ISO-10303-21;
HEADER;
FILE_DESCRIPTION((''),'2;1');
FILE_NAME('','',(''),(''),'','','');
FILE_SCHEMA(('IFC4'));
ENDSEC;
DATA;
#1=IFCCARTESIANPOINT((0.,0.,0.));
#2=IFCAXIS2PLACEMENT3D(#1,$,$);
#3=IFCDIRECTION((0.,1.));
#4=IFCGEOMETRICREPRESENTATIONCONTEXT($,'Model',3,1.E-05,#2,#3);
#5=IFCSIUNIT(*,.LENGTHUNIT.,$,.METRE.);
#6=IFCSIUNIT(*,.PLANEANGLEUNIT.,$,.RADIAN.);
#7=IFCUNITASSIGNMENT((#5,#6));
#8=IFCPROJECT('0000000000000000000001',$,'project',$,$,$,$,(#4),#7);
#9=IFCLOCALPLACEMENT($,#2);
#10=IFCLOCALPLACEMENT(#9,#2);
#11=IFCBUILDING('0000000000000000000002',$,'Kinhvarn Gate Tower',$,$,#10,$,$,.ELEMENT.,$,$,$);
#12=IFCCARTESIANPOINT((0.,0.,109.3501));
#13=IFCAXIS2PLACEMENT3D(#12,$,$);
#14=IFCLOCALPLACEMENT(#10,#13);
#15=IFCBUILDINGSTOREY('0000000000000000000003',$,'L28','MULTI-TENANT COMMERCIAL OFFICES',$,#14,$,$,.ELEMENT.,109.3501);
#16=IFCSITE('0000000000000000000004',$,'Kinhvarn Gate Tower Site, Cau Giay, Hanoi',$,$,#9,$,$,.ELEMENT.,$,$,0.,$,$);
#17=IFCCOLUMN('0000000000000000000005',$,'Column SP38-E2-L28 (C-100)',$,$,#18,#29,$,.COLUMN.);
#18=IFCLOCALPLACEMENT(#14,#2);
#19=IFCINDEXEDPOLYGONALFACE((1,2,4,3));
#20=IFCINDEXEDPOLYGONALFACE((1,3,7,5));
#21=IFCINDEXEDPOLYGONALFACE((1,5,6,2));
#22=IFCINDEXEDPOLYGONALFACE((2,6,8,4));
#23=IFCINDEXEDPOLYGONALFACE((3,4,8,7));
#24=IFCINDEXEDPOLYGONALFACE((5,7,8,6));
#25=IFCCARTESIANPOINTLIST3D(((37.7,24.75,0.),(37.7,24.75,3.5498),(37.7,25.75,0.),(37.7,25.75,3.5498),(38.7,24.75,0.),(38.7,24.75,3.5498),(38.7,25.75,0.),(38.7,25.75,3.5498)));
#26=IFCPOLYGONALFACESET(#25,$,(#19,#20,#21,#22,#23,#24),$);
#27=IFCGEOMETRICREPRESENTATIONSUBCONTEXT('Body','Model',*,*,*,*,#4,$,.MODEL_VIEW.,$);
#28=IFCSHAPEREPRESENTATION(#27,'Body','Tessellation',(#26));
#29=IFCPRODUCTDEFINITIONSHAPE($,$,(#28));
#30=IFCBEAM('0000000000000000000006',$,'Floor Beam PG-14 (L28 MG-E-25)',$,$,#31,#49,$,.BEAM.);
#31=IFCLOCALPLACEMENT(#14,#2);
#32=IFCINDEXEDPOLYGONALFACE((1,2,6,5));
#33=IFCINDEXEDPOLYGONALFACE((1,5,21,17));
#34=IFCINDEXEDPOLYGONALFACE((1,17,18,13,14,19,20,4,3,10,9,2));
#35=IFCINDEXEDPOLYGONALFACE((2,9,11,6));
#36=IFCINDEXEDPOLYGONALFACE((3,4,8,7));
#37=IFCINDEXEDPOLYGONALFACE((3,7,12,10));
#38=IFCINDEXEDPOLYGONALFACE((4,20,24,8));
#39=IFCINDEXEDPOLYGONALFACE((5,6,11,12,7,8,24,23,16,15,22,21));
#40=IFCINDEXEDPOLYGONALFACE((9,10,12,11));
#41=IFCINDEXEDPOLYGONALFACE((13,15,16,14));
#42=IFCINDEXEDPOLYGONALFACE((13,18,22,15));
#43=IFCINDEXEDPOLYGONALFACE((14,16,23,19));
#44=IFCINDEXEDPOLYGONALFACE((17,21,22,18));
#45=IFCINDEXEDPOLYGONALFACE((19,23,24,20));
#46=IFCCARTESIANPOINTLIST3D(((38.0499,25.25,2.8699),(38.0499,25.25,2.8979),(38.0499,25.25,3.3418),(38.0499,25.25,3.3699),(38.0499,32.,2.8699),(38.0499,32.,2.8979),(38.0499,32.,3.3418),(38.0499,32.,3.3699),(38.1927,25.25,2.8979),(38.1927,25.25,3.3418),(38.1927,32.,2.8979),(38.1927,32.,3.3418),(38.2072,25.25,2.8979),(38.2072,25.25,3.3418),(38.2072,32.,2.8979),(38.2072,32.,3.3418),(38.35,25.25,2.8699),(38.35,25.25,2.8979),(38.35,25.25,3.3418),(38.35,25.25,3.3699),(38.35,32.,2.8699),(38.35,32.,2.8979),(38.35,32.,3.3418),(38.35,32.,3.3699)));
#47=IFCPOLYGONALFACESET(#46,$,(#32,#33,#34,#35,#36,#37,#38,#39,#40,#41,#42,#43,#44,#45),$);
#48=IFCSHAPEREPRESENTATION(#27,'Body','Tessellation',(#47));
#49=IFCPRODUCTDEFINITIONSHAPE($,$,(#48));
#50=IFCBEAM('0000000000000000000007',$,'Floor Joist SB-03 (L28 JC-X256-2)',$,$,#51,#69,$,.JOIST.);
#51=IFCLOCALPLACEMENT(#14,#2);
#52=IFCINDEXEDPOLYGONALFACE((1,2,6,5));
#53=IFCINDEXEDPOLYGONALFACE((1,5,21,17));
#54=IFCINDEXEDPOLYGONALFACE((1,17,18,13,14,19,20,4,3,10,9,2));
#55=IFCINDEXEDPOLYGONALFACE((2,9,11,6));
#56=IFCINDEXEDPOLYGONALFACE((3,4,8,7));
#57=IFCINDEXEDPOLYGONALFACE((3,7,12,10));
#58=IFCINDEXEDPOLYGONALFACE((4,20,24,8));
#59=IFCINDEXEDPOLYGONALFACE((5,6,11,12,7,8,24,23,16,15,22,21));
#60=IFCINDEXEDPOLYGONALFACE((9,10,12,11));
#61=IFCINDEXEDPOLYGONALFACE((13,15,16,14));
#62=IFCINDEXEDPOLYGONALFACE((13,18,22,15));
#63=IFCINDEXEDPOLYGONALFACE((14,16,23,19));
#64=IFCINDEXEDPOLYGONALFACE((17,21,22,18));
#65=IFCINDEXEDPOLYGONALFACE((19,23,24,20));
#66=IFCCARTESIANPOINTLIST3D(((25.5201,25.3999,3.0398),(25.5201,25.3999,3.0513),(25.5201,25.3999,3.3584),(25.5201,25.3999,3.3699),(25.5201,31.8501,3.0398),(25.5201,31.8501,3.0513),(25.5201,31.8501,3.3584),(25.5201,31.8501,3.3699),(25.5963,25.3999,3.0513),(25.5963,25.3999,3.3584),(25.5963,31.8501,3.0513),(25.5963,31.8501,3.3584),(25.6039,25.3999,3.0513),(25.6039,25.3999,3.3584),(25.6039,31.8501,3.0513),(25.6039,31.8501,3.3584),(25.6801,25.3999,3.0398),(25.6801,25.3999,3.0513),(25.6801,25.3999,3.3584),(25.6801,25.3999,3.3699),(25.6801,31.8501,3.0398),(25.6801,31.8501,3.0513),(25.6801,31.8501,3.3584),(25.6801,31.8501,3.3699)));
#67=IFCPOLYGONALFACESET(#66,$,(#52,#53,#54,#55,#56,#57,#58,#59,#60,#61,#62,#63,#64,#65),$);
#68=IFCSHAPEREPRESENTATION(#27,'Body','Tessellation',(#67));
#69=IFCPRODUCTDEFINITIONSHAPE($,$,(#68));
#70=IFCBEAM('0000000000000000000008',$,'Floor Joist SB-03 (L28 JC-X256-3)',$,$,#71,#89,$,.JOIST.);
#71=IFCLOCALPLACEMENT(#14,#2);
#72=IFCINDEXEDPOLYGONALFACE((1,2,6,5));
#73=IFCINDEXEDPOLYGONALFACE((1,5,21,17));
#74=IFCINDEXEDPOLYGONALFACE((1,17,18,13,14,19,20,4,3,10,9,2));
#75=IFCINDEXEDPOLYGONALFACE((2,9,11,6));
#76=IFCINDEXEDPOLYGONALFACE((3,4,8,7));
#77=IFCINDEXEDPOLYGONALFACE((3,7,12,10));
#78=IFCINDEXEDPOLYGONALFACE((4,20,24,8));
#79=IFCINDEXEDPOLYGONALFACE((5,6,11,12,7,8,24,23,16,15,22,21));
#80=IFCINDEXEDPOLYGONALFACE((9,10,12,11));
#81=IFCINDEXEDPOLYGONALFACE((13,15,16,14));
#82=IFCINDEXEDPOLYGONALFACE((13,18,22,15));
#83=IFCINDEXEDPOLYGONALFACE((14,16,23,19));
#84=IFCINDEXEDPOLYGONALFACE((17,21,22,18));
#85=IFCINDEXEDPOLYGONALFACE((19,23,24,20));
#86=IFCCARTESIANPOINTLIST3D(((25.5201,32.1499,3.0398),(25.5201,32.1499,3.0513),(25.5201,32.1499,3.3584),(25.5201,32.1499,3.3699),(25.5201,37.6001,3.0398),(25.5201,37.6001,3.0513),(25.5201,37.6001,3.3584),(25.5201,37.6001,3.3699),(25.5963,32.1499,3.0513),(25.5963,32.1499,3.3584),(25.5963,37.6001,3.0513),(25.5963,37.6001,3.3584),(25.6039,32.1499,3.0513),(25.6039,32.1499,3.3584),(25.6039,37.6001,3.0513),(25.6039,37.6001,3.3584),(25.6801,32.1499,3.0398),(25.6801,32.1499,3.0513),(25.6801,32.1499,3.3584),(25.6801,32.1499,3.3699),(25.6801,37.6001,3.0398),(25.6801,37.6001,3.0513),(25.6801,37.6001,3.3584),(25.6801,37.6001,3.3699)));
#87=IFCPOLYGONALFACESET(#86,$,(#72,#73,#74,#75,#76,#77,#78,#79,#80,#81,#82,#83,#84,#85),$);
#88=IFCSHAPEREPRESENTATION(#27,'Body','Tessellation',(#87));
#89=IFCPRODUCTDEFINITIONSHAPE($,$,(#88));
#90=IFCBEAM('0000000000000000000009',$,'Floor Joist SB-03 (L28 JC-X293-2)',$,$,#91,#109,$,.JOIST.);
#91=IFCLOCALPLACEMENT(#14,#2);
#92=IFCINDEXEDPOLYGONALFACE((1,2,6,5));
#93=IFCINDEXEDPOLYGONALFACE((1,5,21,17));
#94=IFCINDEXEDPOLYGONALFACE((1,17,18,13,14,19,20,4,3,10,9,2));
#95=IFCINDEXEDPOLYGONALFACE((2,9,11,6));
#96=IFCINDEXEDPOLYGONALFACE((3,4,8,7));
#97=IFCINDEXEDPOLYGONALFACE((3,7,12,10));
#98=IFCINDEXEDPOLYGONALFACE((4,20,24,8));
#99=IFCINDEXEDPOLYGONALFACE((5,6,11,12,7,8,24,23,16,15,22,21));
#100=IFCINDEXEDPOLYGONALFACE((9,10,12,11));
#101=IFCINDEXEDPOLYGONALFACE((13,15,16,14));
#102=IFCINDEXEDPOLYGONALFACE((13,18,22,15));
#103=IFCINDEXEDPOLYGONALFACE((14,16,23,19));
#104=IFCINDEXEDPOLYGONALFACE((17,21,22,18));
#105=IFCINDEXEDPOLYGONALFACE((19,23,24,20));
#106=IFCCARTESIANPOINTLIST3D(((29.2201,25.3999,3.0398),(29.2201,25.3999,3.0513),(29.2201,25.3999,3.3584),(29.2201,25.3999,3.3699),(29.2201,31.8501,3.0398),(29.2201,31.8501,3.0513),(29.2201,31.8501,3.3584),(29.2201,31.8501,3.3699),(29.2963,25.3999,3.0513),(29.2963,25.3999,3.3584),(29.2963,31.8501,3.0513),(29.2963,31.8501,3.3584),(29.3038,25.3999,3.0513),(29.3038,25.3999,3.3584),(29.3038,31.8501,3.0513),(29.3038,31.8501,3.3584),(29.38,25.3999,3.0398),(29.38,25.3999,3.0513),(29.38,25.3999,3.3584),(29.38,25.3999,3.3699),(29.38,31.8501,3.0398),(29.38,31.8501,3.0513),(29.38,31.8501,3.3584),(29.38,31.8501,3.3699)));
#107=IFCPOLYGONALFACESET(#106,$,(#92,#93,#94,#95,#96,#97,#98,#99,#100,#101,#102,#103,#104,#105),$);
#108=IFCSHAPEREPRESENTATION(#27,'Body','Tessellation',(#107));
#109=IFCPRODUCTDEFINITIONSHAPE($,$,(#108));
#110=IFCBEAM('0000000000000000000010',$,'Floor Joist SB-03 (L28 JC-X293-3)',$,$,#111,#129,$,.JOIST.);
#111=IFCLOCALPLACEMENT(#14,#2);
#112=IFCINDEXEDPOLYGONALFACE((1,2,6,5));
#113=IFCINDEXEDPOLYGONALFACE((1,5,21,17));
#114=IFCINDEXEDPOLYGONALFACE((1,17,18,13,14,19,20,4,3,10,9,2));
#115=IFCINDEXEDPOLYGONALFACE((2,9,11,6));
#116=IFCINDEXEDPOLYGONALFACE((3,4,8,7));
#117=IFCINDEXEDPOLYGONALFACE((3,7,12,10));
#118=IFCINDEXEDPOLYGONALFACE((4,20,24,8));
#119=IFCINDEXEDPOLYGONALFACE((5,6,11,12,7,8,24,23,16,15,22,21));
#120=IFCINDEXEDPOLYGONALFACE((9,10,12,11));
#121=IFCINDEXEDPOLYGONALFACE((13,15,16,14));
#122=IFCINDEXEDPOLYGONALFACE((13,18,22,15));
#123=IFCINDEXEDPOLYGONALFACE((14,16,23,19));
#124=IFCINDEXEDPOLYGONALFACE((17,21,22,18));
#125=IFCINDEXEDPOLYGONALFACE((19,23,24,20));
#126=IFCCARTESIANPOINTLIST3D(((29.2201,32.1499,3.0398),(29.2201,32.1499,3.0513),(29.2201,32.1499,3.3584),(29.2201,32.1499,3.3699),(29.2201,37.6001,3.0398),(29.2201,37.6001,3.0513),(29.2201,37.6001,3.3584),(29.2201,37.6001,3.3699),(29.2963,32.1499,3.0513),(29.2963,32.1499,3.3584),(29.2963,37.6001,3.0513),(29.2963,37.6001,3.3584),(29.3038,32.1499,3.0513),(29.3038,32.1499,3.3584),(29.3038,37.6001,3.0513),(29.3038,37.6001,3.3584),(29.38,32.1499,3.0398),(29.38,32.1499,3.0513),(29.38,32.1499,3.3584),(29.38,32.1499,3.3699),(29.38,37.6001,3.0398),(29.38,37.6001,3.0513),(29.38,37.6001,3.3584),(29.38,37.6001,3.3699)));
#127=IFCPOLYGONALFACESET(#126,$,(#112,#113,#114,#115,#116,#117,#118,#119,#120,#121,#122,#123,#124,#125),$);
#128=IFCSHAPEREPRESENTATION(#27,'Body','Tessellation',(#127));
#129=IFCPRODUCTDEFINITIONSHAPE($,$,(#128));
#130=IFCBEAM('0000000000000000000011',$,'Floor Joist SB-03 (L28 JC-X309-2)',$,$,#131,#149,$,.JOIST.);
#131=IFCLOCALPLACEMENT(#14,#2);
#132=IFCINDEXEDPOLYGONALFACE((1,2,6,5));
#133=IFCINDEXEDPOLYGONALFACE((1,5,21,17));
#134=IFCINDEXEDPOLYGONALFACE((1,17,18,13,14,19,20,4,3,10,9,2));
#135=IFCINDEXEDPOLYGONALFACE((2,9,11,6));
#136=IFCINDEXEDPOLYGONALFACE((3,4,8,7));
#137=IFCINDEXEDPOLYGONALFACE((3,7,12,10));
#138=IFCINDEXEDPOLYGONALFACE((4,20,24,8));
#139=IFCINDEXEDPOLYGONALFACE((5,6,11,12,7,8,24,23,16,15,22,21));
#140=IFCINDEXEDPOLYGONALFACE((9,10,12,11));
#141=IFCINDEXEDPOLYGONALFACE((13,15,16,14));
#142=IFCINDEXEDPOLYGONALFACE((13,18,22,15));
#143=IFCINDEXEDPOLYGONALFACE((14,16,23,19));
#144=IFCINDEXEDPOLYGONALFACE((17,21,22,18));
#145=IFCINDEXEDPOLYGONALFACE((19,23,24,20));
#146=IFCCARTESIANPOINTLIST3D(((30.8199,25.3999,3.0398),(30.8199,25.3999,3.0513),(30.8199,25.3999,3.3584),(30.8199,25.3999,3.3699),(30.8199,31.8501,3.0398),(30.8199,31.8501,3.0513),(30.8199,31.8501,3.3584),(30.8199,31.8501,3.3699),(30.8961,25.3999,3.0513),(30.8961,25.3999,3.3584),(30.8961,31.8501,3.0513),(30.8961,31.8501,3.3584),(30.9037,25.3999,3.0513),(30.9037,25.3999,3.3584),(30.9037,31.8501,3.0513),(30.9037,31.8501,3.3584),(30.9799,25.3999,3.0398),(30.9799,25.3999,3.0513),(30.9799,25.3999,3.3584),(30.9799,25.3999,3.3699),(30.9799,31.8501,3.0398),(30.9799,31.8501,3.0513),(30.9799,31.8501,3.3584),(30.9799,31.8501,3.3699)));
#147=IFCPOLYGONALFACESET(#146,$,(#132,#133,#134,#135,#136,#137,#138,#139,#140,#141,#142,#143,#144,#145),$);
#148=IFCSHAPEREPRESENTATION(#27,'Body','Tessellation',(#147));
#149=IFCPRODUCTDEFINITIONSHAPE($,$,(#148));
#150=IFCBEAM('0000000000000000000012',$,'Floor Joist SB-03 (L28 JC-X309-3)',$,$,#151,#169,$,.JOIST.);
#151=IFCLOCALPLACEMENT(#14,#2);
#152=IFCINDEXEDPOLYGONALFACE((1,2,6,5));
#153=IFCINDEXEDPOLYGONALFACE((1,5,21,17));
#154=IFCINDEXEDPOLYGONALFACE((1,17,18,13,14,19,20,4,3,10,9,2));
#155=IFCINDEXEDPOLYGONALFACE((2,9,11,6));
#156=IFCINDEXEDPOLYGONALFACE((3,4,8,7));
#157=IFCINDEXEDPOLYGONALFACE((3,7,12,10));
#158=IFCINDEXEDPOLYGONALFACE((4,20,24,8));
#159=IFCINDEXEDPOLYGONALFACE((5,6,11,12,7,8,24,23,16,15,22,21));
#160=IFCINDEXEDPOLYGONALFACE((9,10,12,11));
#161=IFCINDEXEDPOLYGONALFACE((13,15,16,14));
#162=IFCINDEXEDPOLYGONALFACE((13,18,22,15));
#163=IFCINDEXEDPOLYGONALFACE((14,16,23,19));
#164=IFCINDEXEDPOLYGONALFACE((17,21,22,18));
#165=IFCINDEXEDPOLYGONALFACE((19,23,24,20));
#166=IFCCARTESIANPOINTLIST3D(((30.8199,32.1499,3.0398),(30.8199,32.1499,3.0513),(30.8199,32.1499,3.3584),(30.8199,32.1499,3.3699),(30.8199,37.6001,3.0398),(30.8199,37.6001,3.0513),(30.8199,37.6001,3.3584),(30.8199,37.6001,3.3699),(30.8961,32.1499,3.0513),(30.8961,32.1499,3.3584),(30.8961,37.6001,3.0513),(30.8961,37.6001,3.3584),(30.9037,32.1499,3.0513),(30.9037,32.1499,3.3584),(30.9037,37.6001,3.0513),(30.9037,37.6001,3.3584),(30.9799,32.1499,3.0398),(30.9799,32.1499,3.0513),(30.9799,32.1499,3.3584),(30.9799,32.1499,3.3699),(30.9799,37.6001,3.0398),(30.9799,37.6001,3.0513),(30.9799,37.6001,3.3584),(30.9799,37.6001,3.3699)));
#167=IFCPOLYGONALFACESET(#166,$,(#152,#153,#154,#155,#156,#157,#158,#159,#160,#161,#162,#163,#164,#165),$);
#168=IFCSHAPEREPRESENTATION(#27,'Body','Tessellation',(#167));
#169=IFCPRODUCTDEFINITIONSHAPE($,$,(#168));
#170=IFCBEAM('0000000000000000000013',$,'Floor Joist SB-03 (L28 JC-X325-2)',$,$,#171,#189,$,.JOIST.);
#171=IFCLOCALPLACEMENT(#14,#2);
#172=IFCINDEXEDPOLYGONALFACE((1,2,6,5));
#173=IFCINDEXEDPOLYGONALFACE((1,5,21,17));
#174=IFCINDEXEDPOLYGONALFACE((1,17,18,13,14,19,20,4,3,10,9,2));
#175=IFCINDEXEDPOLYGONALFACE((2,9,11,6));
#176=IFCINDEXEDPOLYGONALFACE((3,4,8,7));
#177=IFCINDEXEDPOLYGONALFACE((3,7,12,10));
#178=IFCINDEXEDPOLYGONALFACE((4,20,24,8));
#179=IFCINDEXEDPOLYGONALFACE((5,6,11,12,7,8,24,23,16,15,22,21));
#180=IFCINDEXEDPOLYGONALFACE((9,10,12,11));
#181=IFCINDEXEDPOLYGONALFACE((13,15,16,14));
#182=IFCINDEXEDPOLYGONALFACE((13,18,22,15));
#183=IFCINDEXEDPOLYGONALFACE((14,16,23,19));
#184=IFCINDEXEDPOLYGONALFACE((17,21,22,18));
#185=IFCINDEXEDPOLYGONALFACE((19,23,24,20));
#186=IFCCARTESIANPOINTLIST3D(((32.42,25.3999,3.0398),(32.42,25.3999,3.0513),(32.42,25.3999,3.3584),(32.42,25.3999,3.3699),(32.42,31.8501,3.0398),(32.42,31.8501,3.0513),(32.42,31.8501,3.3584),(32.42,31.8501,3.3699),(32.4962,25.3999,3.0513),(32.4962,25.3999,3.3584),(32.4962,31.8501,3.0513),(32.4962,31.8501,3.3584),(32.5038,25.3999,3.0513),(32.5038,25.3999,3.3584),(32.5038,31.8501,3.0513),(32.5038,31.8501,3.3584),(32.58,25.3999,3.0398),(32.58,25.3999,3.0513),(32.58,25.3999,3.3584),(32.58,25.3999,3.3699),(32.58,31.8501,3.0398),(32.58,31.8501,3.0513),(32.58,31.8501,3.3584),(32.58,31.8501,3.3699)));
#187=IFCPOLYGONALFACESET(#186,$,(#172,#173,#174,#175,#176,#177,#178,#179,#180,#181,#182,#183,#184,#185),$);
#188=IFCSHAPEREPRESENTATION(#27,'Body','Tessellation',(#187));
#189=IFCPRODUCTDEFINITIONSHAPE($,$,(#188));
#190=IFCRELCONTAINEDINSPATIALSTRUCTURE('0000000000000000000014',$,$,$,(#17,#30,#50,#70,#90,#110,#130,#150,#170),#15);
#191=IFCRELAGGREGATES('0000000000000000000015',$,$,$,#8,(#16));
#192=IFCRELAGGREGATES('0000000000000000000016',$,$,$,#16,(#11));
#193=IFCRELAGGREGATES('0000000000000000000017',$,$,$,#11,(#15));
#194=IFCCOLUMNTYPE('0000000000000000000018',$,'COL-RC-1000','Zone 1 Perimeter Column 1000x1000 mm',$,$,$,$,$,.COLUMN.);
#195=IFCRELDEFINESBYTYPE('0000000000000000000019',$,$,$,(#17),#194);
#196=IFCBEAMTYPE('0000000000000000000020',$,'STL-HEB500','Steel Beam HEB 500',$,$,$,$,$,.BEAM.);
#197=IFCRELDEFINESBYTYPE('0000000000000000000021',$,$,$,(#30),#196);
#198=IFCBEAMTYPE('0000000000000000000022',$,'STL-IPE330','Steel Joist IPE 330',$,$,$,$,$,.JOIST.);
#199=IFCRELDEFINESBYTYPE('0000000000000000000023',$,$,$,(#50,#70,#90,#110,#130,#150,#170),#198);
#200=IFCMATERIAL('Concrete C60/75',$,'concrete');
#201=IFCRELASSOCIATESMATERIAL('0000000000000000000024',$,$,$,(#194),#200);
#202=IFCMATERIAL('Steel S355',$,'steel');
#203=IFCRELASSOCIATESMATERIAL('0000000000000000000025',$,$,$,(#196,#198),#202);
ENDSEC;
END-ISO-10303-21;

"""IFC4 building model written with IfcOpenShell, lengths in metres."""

from ifc_helpers import new_model, si_unit, direction, frame, origin, origin_2d, place, context, subcontext, project, spatial, rectangle, i_section, extrude, material, material_profile, profile_set, type_object, element, save


model = new_model("IFC4")

# Units and contexts
model_context = context("Model", 3, precision=1e-05, world=origin(), true_north=direction((0.0, 1.0)))
body_context = subcontext(model_context, "Body", "Model", "MODEL_VIEW")
ifc_project = project(units=[si_unit("LENGTHUNIT", "METRE"), si_unit("PLANEANGLEUNIT", "RADIAN")], contexts=[model_context])

# Site, building, storey
site_placement = place(None, origin())
site = spatial("IfcSite", under=ifc_project, at=site_placement, Name="Kinhvarn Gate Tower Site, Cau Giay, Hanoi", CompositionType="ELEMENT", RefElevation=0.0)
building_placement = place(site_placement, origin())
building = spatial("IfcBuilding", under=site, at=building_placement, Name="Kinhvarn Gate Tower", CompositionType="ELEMENT")
storey_placement = place(building_placement, frame((0.0, 0.0, 109.3501)))
storey = spatial("IfcBuildingStorey", under=building, at=storey_placement, Name="L28", Description="MULTI-TENANT COMMERCIAL OFFICES", CompositionType="ELEMENT", Elevation=109.3501)

# Column
ifc_material_1 = material(Name="Concrete C60/75", Category="concrete")
ifc_material_profile_1 = material_profile(ifc_material_1, rectangle(XDim=1.0, YDim=1.0, at=origin_2d()), Name="RC 1000x1000")
ifc_profile_set_1 = profile_set([ifc_material_profile_1], Name="Concrete C60/75")
column_type = type_object("IfcColumnType", Name="COL-RC-1000", Description="Zone 1 Perimeter Column 1000x1000 mm", PredefinedType="COLUMN", material=ifc_profile_set_1)
column_placement = place(storey_placement, frame((38.2, 25.25, 0.0), z_axis=(0.0, 0.0, 1.0), x_axis=(1.0, 0.0, 0.0)))
element("IfcColumn", 1, at=column_placement, inside=storey, type_object=column_type, Name="Column SP38-E2-L28 (C-100)", PredefinedType="COLUMN", context=body_context, shape_type="SweptSolid", body=[
    extrude(rectangle(XDim=1.0, YDim=1.0, at=origin_2d()), origin(), (0.0, 0.0, 1.0), 3.5498),
])

# Beams
ifc_material_2 = material(Name="Steel S355", Category="steel")
ifc_material_profile_2 = material_profile(ifc_material_2, i_section(OverallWidth=0.3, OverallDepth=0.5, WebThickness=0.0144, FlangeThickness=0.0281, at=origin_2d()), Name="HEB 500")
ifc_profile_set_2 = profile_set([ifc_material_profile_2], Name="Steel S355")
beam_type_1 = type_object("IfcBeamType", Name="STL-HEB500", Description="Steel Beam HEB 500", PredefinedType="BEAM", material=ifc_profile_set_2)
beam_1_placement = place(storey_placement, frame((38.2, 25.25, 3.1199), z_axis=(0.0, 1.0, 0.0), x_axis=(-1.0, 0.0, 0.0)))
element("IfcBeam", 2, at=beam_1_placement, inside=storey, type_object=beam_type_1, Name="Floor Beam PG-14 (L28 MG-E-25)", PredefinedType="BEAM", context=body_context, shape_type="SweptSolid", body=[
    extrude(i_section(OverallWidth=0.3, OverallDepth=0.5, WebThickness=0.0144, FlangeThickness=0.0281, at=origin_2d()), origin(), (0.0, 0.0, 1.0), 6.75),
])
ifc_material_profile_3 = material_profile(ifc_material_2, i_section(OverallWidth=0.1599, OverallDepth=0.3301, WebThickness=0.0076, FlangeThickness=0.0115, at=origin_2d()), Name="IPE 330")
ifc_profile_set_3 = profile_set([ifc_material_profile_3], Name="Steel S355")
beam_type_2 = type_object("IfcBeamType", Name="STL-IPE330", Description="Steel Joist IPE 330", PredefinedType="JOIST", material=ifc_profile_set_3)
beam_2_placement = place(storey_placement, frame((25.6001, 25.3999, 3.2048), z_axis=(0.0, 1.0, 0.0), x_axis=(-1.0, 0.0, 0.0)))
element("IfcBeam", 3, at=beam_2_placement, inside=storey, type_object=beam_type_2, Name="Floor Joist SB-03 (L28 JC-X256-2)", PredefinedType="JOIST", context=body_context, shape_type="SweptSolid", body=[
    extrude(i_section(OverallWidth=0.1599, OverallDepth=0.3301, WebThickness=0.0076, FlangeThickness=0.0115, at=origin_2d()), origin(), (0.0, 0.0, 1.0), 6.4502),
])
beam_3_placement = place(storey_placement, frame((25.6001, 32.1499, 3.2048), z_axis=(0.0, 1.0, 0.0), x_axis=(-1.0, 0.0, 0.0)))
element("IfcBeam", 4, at=beam_3_placement, inside=storey, type_object=beam_type_2, Name="Floor Joist SB-03 (L28 JC-X256-3)", PredefinedType="JOIST", context=body_context, shape_type="SweptSolid", body=[
    extrude(i_section(OverallWidth=0.1599, OverallDepth=0.3301, WebThickness=0.0076, FlangeThickness=0.0115, at=origin_2d()), origin(), (0.0, 0.0, 1.0), 5.4502),
])
beam_4_placement = place(storey_placement, frame((29.3, 25.3999, 3.2048), z_axis=(0.0, 1.0, 0.0), x_axis=(-1.0, 0.0, 0.0)))
element("IfcBeam", 5, at=beam_4_placement, inside=storey, type_object=beam_type_2, Name="Floor Joist SB-03 (L28 JC-X293-2)", PredefinedType="JOIST", context=body_context, shape_type="SweptSolid", body=[
    extrude(i_section(OverallWidth=0.1599, OverallDepth=0.3301, WebThickness=0.0076, FlangeThickness=0.0115, at=origin_2d()), origin(), (0.0, 0.0, 1.0), 6.4502),
])
beam_5_placement = place(storey_placement, frame((29.3, 32.1499, 3.2048), z_axis=(0.0, 1.0, 0.0), x_axis=(-1.0, 0.0, 0.0)))
element("IfcBeam", 6, at=beam_5_placement, inside=storey, type_object=beam_type_2, Name="Floor Joist SB-03 (L28 JC-X293-3)", PredefinedType="JOIST", context=body_context, shape_type="SweptSolid", body=[
    extrude(i_section(OverallWidth=0.1599, OverallDepth=0.3301, WebThickness=0.0076, FlangeThickness=0.0115, at=origin_2d()), origin(), (0.0, 0.0, 1.0), 5.4502),
])
beam_6_placement = place(storey_placement, frame((30.8999, 25.3999, 3.2048), z_axis=(0.0, 1.0, 0.0), x_axis=(-1.0, 0.0, 0.0)))
element("IfcBeam", 7, at=beam_6_placement, inside=storey, type_object=beam_type_2, Name="Floor Joist SB-03 (L28 JC-X309-2)", PredefinedType="JOIST", context=body_context, shape_type="SweptSolid", body=[
    extrude(i_section(OverallWidth=0.1599, OverallDepth=0.3301, WebThickness=0.0076, FlangeThickness=0.0115, at=origin_2d()), origin(), (0.0, 0.0, 1.0), 6.4502),
])
beam_7_placement = place(storey_placement, frame((30.8999, 32.1499, 3.2048), z_axis=(0.0, 1.0, 0.0), x_axis=(-1.0, 0.0, 0.0)))
element("IfcBeam", 8, at=beam_7_placement, inside=storey, type_object=beam_type_2, Name="Floor Joist SB-03 (L28 JC-X309-3)", PredefinedType="JOIST", context=body_context, shape_type="SweptSolid", body=[
    extrude(i_section(OverallWidth=0.1599, OverallDepth=0.3301, WebThickness=0.0076, FlangeThickness=0.0115, at=origin_2d()), origin(), (0.0, 0.0, 1.0), 5.4502),
])
beam_8_placement = place(storey_placement, frame((32.5, 25.3999, 3.2048), z_axis=(0.0, 1.0, 0.0), x_axis=(-1.0, 0.0, 0.0)))
element("IfcBeam", 9, at=beam_8_placement, inside=storey, type_object=beam_type_2, Name="Floor Joist SB-03 (L28 JC-X325-2)", PredefinedType="JOIST", context=body_context, shape_type="SweptSolid", body=[
    extrude(i_section(OverallWidth=0.1599, OverallDepth=0.3301, WebThickness=0.0076, FlangeThickness=0.0115, at=origin_2d()), origin(), (0.0, 0.0, 1.0), 6.4502),
])

save(model, "model.ifc")
